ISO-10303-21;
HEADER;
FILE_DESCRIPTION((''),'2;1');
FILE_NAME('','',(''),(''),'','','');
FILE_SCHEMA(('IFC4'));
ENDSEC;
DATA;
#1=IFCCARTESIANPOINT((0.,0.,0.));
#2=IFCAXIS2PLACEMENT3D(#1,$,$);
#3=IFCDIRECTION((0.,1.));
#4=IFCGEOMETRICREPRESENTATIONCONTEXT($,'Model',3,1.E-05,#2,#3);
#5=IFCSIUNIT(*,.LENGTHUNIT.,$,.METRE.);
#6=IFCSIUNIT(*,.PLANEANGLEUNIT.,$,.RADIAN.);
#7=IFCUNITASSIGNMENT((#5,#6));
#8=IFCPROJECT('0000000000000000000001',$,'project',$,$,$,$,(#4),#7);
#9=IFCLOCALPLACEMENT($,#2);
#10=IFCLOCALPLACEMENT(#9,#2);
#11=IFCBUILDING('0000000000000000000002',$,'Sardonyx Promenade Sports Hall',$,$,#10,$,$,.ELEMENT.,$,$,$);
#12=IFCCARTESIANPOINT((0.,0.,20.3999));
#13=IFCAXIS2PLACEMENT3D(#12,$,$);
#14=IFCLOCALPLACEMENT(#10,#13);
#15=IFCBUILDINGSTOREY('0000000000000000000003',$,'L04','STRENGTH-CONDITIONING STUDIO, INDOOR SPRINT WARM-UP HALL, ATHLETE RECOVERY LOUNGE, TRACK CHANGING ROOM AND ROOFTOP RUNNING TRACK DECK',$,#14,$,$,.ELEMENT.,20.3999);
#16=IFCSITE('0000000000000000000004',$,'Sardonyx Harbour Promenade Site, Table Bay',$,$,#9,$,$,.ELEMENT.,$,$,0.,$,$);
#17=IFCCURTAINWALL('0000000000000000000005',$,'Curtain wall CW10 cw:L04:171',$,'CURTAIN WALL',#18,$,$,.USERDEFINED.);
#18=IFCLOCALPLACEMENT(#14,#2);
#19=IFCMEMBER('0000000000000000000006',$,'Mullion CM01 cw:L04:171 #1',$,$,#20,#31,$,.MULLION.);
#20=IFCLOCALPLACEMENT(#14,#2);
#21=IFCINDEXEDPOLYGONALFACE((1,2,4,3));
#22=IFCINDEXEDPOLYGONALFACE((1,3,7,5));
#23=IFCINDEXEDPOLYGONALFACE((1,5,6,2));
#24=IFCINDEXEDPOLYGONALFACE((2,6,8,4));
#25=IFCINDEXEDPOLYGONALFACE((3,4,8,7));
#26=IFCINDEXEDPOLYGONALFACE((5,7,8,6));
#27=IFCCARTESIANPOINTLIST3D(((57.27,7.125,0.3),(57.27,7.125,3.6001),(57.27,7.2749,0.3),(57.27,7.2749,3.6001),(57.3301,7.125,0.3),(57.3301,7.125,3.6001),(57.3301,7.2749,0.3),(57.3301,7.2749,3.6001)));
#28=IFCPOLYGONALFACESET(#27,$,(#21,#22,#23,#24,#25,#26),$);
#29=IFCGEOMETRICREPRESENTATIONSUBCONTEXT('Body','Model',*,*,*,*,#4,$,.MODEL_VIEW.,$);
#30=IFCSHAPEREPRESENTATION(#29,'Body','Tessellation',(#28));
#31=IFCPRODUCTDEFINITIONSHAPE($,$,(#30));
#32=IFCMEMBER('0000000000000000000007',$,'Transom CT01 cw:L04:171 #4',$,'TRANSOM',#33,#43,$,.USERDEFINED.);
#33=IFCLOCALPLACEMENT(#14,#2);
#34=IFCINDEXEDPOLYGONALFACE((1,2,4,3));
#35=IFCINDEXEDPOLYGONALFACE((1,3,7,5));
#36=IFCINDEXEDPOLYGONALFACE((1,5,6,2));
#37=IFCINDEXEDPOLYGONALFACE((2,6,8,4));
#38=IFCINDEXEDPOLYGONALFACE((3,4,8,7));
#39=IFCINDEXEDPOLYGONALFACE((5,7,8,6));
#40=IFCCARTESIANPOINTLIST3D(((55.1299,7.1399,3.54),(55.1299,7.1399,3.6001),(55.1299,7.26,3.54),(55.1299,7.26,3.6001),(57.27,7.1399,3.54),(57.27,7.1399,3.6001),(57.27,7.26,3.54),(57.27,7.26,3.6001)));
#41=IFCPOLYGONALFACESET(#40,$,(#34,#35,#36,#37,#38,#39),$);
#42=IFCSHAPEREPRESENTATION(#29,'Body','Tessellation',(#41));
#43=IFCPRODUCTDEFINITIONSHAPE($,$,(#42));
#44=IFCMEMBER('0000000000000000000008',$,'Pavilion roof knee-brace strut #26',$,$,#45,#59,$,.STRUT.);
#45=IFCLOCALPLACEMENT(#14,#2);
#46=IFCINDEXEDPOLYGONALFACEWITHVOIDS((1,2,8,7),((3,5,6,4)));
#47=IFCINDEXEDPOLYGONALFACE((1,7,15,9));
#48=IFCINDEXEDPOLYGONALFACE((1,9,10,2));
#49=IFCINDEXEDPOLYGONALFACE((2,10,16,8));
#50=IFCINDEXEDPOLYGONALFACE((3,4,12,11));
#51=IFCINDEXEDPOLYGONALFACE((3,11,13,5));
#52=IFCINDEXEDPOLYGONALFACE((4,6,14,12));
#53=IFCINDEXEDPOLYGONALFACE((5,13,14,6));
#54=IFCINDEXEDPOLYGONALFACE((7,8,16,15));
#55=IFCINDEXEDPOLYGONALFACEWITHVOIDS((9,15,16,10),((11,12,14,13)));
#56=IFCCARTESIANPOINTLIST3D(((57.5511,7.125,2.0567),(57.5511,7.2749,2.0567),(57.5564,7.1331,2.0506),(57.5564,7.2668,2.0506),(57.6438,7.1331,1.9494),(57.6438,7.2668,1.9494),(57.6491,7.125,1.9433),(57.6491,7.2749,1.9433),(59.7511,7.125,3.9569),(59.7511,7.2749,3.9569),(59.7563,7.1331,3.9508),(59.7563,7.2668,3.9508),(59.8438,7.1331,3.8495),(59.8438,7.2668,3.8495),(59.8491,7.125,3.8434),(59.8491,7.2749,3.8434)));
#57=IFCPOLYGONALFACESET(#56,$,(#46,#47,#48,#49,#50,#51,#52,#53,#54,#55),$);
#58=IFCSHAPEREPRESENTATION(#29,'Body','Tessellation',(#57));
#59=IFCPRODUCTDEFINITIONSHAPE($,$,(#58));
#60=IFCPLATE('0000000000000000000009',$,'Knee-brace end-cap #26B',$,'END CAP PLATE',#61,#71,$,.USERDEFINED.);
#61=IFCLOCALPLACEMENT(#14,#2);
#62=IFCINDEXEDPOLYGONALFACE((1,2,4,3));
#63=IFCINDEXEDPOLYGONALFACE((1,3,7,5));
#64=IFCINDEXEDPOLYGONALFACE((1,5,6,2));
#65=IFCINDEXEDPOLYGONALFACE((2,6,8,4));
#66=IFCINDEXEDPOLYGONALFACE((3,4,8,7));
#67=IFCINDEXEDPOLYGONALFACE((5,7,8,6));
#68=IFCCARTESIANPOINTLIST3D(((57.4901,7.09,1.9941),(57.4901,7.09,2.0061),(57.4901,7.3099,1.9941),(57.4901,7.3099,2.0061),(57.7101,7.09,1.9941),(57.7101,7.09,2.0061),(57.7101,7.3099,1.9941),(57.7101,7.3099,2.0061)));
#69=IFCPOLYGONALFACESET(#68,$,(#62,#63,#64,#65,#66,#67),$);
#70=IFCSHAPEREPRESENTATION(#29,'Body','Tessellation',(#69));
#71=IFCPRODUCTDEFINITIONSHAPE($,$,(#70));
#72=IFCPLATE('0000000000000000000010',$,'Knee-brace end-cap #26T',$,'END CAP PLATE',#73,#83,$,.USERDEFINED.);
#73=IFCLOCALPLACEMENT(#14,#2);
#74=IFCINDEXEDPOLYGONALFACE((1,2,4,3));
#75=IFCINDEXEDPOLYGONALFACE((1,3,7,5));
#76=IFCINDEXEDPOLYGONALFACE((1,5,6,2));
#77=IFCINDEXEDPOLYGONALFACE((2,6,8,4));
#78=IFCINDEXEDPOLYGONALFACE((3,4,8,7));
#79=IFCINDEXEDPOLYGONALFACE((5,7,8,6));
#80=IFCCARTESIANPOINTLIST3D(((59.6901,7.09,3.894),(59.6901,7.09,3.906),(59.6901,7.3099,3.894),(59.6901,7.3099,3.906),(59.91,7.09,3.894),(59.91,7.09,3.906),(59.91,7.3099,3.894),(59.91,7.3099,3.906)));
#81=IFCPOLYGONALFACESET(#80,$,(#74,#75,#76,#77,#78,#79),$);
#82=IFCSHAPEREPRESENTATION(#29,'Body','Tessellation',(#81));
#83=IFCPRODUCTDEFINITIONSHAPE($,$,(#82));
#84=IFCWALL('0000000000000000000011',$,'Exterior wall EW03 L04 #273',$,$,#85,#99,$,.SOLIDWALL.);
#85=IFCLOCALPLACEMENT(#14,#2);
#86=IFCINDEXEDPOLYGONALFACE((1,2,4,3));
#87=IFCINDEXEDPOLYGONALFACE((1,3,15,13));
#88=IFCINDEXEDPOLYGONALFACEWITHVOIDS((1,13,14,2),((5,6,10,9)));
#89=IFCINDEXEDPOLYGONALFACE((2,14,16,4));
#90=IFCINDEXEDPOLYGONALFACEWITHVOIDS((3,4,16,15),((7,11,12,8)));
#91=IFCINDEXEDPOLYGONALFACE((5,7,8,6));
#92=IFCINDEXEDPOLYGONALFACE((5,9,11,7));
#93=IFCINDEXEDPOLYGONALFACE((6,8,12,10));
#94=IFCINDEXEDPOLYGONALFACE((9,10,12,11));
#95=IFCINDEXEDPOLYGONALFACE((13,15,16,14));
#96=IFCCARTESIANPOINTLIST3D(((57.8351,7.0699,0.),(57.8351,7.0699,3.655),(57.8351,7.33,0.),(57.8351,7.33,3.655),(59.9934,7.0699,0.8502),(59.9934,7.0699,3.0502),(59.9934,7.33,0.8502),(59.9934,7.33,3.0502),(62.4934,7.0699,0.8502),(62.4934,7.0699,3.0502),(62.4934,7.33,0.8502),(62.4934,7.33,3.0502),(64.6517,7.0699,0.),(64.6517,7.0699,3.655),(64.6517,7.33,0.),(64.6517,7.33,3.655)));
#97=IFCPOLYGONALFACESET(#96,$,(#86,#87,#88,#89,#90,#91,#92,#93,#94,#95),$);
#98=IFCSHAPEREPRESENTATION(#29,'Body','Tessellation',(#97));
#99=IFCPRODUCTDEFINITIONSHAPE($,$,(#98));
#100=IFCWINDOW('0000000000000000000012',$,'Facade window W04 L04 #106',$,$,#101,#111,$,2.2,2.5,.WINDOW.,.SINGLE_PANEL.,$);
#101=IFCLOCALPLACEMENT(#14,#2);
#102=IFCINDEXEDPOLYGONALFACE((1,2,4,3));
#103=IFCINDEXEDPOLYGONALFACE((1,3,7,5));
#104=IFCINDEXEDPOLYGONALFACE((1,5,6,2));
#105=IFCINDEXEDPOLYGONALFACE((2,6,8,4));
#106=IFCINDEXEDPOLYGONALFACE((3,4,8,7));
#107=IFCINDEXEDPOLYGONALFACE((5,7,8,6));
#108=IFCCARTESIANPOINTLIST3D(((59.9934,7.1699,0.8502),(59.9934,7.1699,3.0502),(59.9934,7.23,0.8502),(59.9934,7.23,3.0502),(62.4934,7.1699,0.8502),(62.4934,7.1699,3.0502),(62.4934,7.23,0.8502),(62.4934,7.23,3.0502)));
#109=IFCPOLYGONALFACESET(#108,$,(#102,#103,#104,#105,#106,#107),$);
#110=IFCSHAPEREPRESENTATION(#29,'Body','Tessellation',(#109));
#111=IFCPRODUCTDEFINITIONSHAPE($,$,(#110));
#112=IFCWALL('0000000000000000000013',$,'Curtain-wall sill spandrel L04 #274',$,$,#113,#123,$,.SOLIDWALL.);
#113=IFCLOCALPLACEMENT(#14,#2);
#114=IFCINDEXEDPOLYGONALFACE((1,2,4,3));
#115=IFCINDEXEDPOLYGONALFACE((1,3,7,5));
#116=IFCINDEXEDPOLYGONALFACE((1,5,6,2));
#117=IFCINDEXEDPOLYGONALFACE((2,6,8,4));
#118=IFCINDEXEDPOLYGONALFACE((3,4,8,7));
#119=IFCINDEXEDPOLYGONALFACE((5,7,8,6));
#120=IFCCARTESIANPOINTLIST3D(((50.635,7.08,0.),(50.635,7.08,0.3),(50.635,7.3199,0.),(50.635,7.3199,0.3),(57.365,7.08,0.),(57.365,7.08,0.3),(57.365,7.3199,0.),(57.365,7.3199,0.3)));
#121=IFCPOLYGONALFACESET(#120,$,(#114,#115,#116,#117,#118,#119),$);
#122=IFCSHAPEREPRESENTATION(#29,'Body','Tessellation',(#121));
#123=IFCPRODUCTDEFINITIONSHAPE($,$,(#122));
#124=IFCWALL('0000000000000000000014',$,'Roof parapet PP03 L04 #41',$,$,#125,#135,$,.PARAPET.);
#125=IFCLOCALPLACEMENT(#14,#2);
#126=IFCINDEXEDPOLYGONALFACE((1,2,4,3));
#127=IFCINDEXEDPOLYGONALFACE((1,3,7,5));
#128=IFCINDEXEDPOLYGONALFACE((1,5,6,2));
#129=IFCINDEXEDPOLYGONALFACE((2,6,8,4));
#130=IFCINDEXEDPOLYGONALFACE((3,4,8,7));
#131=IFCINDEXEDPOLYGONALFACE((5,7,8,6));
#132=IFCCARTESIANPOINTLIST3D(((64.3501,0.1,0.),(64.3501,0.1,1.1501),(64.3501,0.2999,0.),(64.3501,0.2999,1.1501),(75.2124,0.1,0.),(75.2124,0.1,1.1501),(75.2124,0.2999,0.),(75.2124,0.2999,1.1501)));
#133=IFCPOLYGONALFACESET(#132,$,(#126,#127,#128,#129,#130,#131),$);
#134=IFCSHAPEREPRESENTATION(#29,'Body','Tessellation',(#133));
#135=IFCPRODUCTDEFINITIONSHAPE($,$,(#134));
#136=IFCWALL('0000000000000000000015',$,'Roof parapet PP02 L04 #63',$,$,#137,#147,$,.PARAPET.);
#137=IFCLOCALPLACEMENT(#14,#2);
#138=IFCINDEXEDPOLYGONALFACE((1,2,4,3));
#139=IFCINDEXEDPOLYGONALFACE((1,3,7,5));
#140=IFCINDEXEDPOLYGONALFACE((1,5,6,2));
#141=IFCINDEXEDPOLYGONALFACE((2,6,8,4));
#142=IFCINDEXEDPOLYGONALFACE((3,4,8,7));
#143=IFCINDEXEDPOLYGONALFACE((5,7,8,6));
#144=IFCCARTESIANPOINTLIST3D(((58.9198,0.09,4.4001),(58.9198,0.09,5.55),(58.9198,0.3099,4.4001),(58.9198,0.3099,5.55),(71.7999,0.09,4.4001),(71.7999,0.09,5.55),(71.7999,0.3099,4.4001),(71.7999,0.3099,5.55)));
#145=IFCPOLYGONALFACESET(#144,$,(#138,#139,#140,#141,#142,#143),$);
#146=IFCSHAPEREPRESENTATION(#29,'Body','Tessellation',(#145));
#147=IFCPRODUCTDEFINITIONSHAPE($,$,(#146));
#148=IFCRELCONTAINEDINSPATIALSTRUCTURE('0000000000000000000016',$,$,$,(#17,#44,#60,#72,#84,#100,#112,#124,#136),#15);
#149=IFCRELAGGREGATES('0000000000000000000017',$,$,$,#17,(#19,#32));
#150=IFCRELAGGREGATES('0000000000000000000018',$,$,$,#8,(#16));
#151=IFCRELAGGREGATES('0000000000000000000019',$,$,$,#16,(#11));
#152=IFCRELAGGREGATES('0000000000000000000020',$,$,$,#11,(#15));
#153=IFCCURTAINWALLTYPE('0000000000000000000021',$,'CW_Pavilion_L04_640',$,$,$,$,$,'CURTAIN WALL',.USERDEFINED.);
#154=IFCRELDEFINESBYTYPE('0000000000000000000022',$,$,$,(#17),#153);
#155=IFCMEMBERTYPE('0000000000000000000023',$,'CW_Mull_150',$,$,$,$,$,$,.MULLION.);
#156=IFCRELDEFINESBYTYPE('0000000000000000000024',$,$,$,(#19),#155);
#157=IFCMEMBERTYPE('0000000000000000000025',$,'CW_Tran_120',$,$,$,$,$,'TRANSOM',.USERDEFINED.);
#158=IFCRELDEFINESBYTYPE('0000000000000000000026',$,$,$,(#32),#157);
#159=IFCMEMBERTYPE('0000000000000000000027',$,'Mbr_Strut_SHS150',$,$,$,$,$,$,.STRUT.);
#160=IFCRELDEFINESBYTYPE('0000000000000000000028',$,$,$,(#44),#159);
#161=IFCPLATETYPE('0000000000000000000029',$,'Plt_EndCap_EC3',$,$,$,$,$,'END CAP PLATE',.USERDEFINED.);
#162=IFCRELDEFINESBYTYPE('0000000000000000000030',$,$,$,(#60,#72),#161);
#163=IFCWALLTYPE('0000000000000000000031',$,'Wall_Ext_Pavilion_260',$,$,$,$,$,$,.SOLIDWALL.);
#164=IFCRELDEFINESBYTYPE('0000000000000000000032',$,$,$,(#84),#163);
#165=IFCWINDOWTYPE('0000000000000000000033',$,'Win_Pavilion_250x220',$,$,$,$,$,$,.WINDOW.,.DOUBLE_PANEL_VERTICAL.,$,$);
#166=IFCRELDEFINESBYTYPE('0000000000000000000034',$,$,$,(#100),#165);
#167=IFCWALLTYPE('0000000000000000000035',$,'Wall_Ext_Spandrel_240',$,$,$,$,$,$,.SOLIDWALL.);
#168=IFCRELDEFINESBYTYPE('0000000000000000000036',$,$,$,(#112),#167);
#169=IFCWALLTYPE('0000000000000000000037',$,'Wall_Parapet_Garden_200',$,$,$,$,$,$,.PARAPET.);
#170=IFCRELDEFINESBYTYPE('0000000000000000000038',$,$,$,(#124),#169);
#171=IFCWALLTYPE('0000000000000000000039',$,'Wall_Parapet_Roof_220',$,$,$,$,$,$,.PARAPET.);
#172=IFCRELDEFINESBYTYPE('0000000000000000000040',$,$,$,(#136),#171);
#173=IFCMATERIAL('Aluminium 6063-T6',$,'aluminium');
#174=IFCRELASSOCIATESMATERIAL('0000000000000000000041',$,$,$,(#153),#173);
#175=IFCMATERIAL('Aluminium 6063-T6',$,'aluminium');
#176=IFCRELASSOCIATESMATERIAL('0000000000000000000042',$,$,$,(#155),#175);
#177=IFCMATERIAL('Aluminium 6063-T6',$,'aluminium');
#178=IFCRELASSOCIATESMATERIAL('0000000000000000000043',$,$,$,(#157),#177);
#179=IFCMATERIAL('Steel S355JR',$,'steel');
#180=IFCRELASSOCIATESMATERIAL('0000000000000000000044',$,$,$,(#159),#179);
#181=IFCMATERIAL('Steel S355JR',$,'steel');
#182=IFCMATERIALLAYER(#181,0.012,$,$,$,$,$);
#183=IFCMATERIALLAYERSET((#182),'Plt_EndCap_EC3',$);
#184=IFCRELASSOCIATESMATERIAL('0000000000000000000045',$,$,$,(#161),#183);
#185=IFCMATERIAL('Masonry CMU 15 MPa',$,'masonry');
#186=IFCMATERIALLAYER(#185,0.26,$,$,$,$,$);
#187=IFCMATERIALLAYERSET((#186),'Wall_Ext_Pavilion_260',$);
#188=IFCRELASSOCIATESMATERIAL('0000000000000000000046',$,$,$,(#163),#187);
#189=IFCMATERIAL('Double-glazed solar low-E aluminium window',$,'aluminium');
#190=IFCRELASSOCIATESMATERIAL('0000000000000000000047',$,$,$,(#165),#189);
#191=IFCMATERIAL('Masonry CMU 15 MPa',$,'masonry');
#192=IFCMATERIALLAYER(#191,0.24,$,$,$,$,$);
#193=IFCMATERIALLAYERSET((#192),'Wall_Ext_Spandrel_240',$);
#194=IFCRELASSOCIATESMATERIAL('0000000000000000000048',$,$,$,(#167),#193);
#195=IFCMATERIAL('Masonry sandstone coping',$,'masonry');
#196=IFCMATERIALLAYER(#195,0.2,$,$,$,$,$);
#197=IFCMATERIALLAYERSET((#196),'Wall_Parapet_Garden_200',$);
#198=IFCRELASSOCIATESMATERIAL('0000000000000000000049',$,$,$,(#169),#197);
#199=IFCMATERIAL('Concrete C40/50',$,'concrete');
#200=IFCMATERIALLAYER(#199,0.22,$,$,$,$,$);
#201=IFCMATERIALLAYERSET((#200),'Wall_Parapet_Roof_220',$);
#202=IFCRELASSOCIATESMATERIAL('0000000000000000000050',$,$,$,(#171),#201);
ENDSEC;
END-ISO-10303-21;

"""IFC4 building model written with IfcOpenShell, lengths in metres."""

from ifc_helpers import new_model, si_unit, direction, frame, frame_2d, origin, origin_2d, place, context, subcontext, project, spatial, rectangle, hollow_rectangle, extrude, material, layer, layer_set, material_profile, profile_set, type_object, element, fill, aggregate, save


model = new_model("IFC4")

# Units and contexts
model_context = context("Model", 3, precision=1e-05, world=origin(), true_north=direction((0.0, 1.0)))
body_context = subcontext(model_context, "Body", "Model", "MODEL_VIEW")
ifc_project = project(units=[si_unit("LENGTHUNIT", "METRE"), si_unit("PLANEANGLEUNIT", "RADIAN")], contexts=[model_context])

# Site, building, storey
site_placement = place(None, origin())
site = spatial("IfcSite", under=ifc_project, at=site_placement, Name="Sardonyx Harbour Promenade Site, Table Bay", CompositionType="ELEMENT", RefElevation=0.0)
building_placement = place(site_placement, origin())
building = spatial("IfcBuilding", under=site, at=building_placement, Name="Sardonyx Promenade Sports Hall", CompositionType="ELEMENT")
storey_placement = place(building_placement, frame((0.0, 0.0, 20.3999)))
storey = spatial("IfcBuildingStorey", under=building, at=storey_placement, Name="L04", Description="STRENGTH-CONDITIONING STUDIO, INDOOR SPRINT WARM-UP HALL, ATHLETE RECOVERY LOUNGE, TRACK CHANGING ROOM AND ROOFTOP RUNNING TRACK DECK", CompositionType="ELEMENT", Elevation=20.3999)

# Curtain wall, members
ifc_material_1 = material(Name="Aluminium 6063-T6", Category="aluminium")
curtain_wall_type = type_object("IfcCurtainWallType", Name="CW_Pavilion_L04_640", ElementType="CURTAIN WALL", PredefinedType="USERDEFINED", material=ifc_material_1)
curtain_wall_placement = place(storey_placement, origin())
curtain_wall = element("IfcCurtainWall", 1, at=curtain_wall_placement, inside=storey, type_object=curtain_wall_type, Name="Curtain wall CW10 cw:L04:171", ObjectType="CURTAIN WALL", PredefinedType="USERDEFINED")
ifc_material_2 = material(Name="Aluminium 6063-T6", Category="aluminium")
ifc_material_profile_1 = material_profile(ifc_material_2, rectangle(XDim=0.0601, YDim=0.1499, at=origin_2d()))
ifc_profile_set_1 = profile_set([ifc_material_profile_1], Name="Aluminium 6063-T6")
member_type_1 = type_object("IfcMemberType", Name="CW_Mull_150", PredefinedType="MULLION", material=ifc_profile_set_1)
member_1_placement = place(storey_placement, frame((57.3, 7.2, 0.3), z_axis=(0.0, 0.0, 1.0), x_axis=(-1.0, 0.0, 0.0)))
member_1 = element("IfcMember", 2, at=member_1_placement, type_object=member_type_1, Name="Mullion CM01 cw:L04:171 #1", PredefinedType="MULLION", context=body_context, shape_type="SweptSolid", body=[
    extrude(rectangle(XDim=0.0601, YDim=0.1499, at=origin_2d()), origin(), (0.0, 0.0, 1.0), 3.3),
])
ifc_material_3 = material(Name="Aluminium 6063-T6", Category="aluminium")
ifc_material_profile_2 = material_profile(ifc_material_3, rectangle(XDim=0.0601, YDim=0.1201, at=origin_2d()))
ifc_profile_set_2 = profile_set([ifc_material_profile_2], Name="Aluminium 6063-T6")
member_type_2 = type_object("IfcMemberType", Name="CW_Tran_120", ElementType="TRANSOM", PredefinedType="USERDEFINED", material=ifc_profile_set_2)
member_2_placement = place(storey_placement, frame((57.27, 7.2, 3.5701), z_axis=(-1.0, 0.0, 0.0), x_axis=(0.0, 0.0, 1.0)))
member_2 = element("IfcMember", 3, at=member_2_placement, type_object=member_type_2, Name="Transom CT01 cw:L04:171 #4", ObjectType="TRANSOM", PredefinedType="USERDEFINED", context=body_context, shape_type="SweptSolid", body=[
    extrude(rectangle(XDim=0.0601, YDim=0.1201, at=origin_2d()), origin(), (0.0, 0.0, 1.0), 2.1401),
])
aggregate(curtain_wall, [member_1, member_2])

# Member
ifc_material_4 = material(Name="Steel S355JR", Category="steel")
ifc_material_profile_3 = material_profile(ifc_material_4, hollow_rectangle(XDim=0.1499, YDim=0.1499, WallThickness=0.0081, at=origin_2d()))
ifc_profile_set_3 = profile_set([ifc_material_profile_3], Name="Steel S355JR")
member_type_3 = type_object("IfcMemberType", Name="Mbr_Strut_SHS150", PredefinedType="STRUT", material=ifc_profile_set_3)
member_3_placement = place(storey_placement, frame((57.6001, 7.2, 2.0), z_axis=(0.756791, 0.0, 0.653657), x_axis=(0.0, 1.0, 0.0)))
element("IfcMember", 4, at=member_3_placement, inside=storey, type_object=member_type_3, Name="Pavilion roof knee-brace strut #26", PredefinedType="STRUT", context=body_context, shape_type="SweptSolid", body=[
    extrude(hollow_rectangle(XDim=0.1499, YDim=0.1499, WallThickness=0.0081, at=origin_2d()), origin(), (0.0, 0.0, 1.0), 2.907),
])

# Plates
ifc_material_5 = material(Name="Steel S355JR", Category="steel")
ifc_layer_1 = layer(ifc_material_5, 0.012)
ifc_layer_set_1 = layer_set([ifc_layer_1], Name="Plt_EndCap_EC3")
plate_type = type_object("IfcPlateType", Name="Plt_EndCap_EC3", ElementType="END CAP PLATE", PredefinedType="USERDEFINED", material=ifc_layer_set_1)
for number, where, z_axis, x_axis, name in (
    (5, (57.6001, 7.2, 1.9941), (0.0, 0.0, 1.0), (1.0, 0.0, 0.0), "Knee-brace end-cap #26B"),
    (6, (59.8, 7.2, 3.894), (0.0, 0.0, 1.0), (1.0, 0.0, 0.0), "Knee-brace end-cap #26T"),
):
    element("IfcPlate", number, at=place(storey_placement, frame(where, z_axis=z_axis, x_axis=x_axis)), inside=storey, type_object=plate_type, Name=name, ObjectType="END CAP PLATE", PredefinedType="USERDEFINED", context=body_context, shape_type="SweptSolid", body=[
        extrude(rectangle(XDim=0.22, YDim=0.22, at=origin_2d()), origin(), (0.0, 0.0, 1.0), 0.012),
    ])

# Wall, opening, window
ifc_material_6 = material(Name="Masonry CMU 15 MPa", Category="masonry")
ifc_layer_2 = layer(ifc_material_6, 0.26)
ifc_layer_set_2 = layer_set([ifc_layer_2], Name="Wall_Ext_Pavilion_260")
wall_type_1 = type_object("IfcWallType", Name="Wall_Ext_Pavilion_260", PredefinedType="SOLIDWALL", material=ifc_layer_set_2)
wall_1_placement = place(storey_placement, frame((64.6516, 7.2, 0.0), z_axis=(0.0, 0.0, 1.0), x_axis=(-1.0, 0.0, 0.0)))
wall_1 = element("IfcWall", 7, at=wall_1_placement, inside=storey, type_object=wall_type_1, Name="Exterior wall EW03 L04 #273", PredefinedType="SOLIDWALL", context=body_context, shape_type="SweptSolid", body=[
    extrude(rectangle(XDim=6.8167, YDim=0.26, at=frame_2d((3.4082, 0.0))), origin(), (0.0, 0.0, 1.0), 3.655),
])
opening_placement = place(wall_1_placement, frame((2.1582, 0.0, 0.8501)))
opening = element("IfcOpeningElement", 8, at=opening_placement, cuts=wall_1, PredefinedType="OPENING", context=body_context, shape_type="SweptSolid", body=[
    extrude(rectangle(XDim=2.5, YDim=2.2, at=frame_2d((1.25, 1.1001))), frame((0.0, 0.14, 0.0), z_axis=(0.0, -1.0, 0.0), x_axis=(1.0, 0.0, 0.0)), (0.0, 0.0, 1.0), 0.28),
])
ifc_material_7 = material(Name="Double-glazed solar low-E aluminium window", Category="aluminium")
window_type = type_object("IfcWindowType", Name="Win_Pavilion_250x220", PartitioningType="DOUBLE_PANEL_VERTICAL", PredefinedType="WINDOW", material=ifc_material_7)
window_placement = place(opening_placement, origin())
window = element("IfcWindow", 9, at=window_placement, inside=storey, type_object=window_type, Name="Facade window W04 L04 #106", OverallHeight=2.2, OverallWidth=2.5, PartitioningType="SINGLE_PANEL", PredefinedType="WINDOW", context=body_context, shape_type="SweptSolid", body=[
    extrude(rectangle(XDim=2.5, YDim=2.2, at=frame_2d((1.25, 1.1001))), frame((0.0, 0.03, 0.0), z_axis=(0.0, -1.0, 0.0), x_axis=(1.0, 0.0, 0.0)), (0.0, 0.0, 1.0), 0.0601),
])
fill(opening, window)

# Walls
ifc_material_8 = material(Name="Masonry CMU 15 MPa", Category="masonry")
ifc_layer_3 = layer(ifc_material_8, 0.24)
ifc_layer_set_3 = layer_set([ifc_layer_3], Name="Wall_Ext_Spandrel_240")
wall_type_2 = type_object("IfcWallType", Name="Wall_Ext_Spandrel_240", PredefinedType="SOLIDWALL", material=ifc_layer_set_3)
wall_2_placement = place(storey_placement, frame((57.365, 7.2, 0.0), z_axis=(0.0, 0.0, 1.0), x_axis=(-1.0, 0.0, 0.0)))
element("IfcWall", 10, at=wall_2_placement, inside=storey, type_object=wall_type_2, Name="Curtain-wall sill spandrel L04 #274", PredefinedType="SOLIDWALL", context=body_context, shape_type="SweptSolid", body=[
    extrude(rectangle(XDim=6.73, YDim=0.24, at=frame_2d((3.365, 0.0))), origin(), (0.0, 0.0, 1.0), 0.3),
])
ifc_material_9 = material(Name="Masonry sandstone coping", Category="masonry")
ifc_layer_4 = layer(ifc_material_9, 0.2)
ifc_layer_set_4 = layer_set([ifc_layer_4], Name="Wall_Parapet_Garden_200")
wall_type_3 = type_object("IfcWallType", Name="Wall_Parapet_Garden_200", PredefinedType="PARAPET", material=ifc_layer_set_4)
wall_3_placement = place(storey_placement, frame((64.3501, 0.2, 0.0), z_axis=(0.0, 0.0, 1.0), x_axis=(1.0, 0.0, 0.0)))
element("IfcWall", 11, at=wall_3_placement, inside=storey, type_object=wall_type_3, Name="Roof parapet PP03 L04 #41", PredefinedType="PARAPET", context=body_context, shape_type="SweptSolid", body=[
    extrude(rectangle(XDim=10.8623, YDim=0.2, at=frame_2d((5.4312, 0.0))), origin(), (0.0, 0.0, 1.0), 1.1501),
])
ifc_material_10 = material(Name="Concrete C40/50", Category="concrete")
ifc_layer_5 = layer(ifc_material_10, 0.22)
ifc_layer_set_5 = layer_set([ifc_layer_5], Name="Wall_Parapet_Roof_220")
wall_type_4 = type_object("IfcWallType", Name="Wall_Parapet_Roof_220", PredefinedType="PARAPET", material=ifc_layer_set_5)
wall_4_placement = place(storey_placement, frame((58.9199, 0.2, 4.4001), z_axis=(0.0, 0.0, 1.0), x_axis=(1.0, 0.0, 0.0)))
element("IfcWall", 12, at=wall_4_placement, inside=storey, type_object=wall_type_4, Name="Roof parapet PP02 L04 #63", PredefinedType="PARAPET", context=body_context, shape_type="SweptSolid", body=[
    extrude(rectangle(XDim=12.8801, YDim=0.22, at=frame_2d((6.4399, 0.0))), origin(), (0.0, 0.0, 1.0), 1.1499),
])

save(model, "model.ifc")
